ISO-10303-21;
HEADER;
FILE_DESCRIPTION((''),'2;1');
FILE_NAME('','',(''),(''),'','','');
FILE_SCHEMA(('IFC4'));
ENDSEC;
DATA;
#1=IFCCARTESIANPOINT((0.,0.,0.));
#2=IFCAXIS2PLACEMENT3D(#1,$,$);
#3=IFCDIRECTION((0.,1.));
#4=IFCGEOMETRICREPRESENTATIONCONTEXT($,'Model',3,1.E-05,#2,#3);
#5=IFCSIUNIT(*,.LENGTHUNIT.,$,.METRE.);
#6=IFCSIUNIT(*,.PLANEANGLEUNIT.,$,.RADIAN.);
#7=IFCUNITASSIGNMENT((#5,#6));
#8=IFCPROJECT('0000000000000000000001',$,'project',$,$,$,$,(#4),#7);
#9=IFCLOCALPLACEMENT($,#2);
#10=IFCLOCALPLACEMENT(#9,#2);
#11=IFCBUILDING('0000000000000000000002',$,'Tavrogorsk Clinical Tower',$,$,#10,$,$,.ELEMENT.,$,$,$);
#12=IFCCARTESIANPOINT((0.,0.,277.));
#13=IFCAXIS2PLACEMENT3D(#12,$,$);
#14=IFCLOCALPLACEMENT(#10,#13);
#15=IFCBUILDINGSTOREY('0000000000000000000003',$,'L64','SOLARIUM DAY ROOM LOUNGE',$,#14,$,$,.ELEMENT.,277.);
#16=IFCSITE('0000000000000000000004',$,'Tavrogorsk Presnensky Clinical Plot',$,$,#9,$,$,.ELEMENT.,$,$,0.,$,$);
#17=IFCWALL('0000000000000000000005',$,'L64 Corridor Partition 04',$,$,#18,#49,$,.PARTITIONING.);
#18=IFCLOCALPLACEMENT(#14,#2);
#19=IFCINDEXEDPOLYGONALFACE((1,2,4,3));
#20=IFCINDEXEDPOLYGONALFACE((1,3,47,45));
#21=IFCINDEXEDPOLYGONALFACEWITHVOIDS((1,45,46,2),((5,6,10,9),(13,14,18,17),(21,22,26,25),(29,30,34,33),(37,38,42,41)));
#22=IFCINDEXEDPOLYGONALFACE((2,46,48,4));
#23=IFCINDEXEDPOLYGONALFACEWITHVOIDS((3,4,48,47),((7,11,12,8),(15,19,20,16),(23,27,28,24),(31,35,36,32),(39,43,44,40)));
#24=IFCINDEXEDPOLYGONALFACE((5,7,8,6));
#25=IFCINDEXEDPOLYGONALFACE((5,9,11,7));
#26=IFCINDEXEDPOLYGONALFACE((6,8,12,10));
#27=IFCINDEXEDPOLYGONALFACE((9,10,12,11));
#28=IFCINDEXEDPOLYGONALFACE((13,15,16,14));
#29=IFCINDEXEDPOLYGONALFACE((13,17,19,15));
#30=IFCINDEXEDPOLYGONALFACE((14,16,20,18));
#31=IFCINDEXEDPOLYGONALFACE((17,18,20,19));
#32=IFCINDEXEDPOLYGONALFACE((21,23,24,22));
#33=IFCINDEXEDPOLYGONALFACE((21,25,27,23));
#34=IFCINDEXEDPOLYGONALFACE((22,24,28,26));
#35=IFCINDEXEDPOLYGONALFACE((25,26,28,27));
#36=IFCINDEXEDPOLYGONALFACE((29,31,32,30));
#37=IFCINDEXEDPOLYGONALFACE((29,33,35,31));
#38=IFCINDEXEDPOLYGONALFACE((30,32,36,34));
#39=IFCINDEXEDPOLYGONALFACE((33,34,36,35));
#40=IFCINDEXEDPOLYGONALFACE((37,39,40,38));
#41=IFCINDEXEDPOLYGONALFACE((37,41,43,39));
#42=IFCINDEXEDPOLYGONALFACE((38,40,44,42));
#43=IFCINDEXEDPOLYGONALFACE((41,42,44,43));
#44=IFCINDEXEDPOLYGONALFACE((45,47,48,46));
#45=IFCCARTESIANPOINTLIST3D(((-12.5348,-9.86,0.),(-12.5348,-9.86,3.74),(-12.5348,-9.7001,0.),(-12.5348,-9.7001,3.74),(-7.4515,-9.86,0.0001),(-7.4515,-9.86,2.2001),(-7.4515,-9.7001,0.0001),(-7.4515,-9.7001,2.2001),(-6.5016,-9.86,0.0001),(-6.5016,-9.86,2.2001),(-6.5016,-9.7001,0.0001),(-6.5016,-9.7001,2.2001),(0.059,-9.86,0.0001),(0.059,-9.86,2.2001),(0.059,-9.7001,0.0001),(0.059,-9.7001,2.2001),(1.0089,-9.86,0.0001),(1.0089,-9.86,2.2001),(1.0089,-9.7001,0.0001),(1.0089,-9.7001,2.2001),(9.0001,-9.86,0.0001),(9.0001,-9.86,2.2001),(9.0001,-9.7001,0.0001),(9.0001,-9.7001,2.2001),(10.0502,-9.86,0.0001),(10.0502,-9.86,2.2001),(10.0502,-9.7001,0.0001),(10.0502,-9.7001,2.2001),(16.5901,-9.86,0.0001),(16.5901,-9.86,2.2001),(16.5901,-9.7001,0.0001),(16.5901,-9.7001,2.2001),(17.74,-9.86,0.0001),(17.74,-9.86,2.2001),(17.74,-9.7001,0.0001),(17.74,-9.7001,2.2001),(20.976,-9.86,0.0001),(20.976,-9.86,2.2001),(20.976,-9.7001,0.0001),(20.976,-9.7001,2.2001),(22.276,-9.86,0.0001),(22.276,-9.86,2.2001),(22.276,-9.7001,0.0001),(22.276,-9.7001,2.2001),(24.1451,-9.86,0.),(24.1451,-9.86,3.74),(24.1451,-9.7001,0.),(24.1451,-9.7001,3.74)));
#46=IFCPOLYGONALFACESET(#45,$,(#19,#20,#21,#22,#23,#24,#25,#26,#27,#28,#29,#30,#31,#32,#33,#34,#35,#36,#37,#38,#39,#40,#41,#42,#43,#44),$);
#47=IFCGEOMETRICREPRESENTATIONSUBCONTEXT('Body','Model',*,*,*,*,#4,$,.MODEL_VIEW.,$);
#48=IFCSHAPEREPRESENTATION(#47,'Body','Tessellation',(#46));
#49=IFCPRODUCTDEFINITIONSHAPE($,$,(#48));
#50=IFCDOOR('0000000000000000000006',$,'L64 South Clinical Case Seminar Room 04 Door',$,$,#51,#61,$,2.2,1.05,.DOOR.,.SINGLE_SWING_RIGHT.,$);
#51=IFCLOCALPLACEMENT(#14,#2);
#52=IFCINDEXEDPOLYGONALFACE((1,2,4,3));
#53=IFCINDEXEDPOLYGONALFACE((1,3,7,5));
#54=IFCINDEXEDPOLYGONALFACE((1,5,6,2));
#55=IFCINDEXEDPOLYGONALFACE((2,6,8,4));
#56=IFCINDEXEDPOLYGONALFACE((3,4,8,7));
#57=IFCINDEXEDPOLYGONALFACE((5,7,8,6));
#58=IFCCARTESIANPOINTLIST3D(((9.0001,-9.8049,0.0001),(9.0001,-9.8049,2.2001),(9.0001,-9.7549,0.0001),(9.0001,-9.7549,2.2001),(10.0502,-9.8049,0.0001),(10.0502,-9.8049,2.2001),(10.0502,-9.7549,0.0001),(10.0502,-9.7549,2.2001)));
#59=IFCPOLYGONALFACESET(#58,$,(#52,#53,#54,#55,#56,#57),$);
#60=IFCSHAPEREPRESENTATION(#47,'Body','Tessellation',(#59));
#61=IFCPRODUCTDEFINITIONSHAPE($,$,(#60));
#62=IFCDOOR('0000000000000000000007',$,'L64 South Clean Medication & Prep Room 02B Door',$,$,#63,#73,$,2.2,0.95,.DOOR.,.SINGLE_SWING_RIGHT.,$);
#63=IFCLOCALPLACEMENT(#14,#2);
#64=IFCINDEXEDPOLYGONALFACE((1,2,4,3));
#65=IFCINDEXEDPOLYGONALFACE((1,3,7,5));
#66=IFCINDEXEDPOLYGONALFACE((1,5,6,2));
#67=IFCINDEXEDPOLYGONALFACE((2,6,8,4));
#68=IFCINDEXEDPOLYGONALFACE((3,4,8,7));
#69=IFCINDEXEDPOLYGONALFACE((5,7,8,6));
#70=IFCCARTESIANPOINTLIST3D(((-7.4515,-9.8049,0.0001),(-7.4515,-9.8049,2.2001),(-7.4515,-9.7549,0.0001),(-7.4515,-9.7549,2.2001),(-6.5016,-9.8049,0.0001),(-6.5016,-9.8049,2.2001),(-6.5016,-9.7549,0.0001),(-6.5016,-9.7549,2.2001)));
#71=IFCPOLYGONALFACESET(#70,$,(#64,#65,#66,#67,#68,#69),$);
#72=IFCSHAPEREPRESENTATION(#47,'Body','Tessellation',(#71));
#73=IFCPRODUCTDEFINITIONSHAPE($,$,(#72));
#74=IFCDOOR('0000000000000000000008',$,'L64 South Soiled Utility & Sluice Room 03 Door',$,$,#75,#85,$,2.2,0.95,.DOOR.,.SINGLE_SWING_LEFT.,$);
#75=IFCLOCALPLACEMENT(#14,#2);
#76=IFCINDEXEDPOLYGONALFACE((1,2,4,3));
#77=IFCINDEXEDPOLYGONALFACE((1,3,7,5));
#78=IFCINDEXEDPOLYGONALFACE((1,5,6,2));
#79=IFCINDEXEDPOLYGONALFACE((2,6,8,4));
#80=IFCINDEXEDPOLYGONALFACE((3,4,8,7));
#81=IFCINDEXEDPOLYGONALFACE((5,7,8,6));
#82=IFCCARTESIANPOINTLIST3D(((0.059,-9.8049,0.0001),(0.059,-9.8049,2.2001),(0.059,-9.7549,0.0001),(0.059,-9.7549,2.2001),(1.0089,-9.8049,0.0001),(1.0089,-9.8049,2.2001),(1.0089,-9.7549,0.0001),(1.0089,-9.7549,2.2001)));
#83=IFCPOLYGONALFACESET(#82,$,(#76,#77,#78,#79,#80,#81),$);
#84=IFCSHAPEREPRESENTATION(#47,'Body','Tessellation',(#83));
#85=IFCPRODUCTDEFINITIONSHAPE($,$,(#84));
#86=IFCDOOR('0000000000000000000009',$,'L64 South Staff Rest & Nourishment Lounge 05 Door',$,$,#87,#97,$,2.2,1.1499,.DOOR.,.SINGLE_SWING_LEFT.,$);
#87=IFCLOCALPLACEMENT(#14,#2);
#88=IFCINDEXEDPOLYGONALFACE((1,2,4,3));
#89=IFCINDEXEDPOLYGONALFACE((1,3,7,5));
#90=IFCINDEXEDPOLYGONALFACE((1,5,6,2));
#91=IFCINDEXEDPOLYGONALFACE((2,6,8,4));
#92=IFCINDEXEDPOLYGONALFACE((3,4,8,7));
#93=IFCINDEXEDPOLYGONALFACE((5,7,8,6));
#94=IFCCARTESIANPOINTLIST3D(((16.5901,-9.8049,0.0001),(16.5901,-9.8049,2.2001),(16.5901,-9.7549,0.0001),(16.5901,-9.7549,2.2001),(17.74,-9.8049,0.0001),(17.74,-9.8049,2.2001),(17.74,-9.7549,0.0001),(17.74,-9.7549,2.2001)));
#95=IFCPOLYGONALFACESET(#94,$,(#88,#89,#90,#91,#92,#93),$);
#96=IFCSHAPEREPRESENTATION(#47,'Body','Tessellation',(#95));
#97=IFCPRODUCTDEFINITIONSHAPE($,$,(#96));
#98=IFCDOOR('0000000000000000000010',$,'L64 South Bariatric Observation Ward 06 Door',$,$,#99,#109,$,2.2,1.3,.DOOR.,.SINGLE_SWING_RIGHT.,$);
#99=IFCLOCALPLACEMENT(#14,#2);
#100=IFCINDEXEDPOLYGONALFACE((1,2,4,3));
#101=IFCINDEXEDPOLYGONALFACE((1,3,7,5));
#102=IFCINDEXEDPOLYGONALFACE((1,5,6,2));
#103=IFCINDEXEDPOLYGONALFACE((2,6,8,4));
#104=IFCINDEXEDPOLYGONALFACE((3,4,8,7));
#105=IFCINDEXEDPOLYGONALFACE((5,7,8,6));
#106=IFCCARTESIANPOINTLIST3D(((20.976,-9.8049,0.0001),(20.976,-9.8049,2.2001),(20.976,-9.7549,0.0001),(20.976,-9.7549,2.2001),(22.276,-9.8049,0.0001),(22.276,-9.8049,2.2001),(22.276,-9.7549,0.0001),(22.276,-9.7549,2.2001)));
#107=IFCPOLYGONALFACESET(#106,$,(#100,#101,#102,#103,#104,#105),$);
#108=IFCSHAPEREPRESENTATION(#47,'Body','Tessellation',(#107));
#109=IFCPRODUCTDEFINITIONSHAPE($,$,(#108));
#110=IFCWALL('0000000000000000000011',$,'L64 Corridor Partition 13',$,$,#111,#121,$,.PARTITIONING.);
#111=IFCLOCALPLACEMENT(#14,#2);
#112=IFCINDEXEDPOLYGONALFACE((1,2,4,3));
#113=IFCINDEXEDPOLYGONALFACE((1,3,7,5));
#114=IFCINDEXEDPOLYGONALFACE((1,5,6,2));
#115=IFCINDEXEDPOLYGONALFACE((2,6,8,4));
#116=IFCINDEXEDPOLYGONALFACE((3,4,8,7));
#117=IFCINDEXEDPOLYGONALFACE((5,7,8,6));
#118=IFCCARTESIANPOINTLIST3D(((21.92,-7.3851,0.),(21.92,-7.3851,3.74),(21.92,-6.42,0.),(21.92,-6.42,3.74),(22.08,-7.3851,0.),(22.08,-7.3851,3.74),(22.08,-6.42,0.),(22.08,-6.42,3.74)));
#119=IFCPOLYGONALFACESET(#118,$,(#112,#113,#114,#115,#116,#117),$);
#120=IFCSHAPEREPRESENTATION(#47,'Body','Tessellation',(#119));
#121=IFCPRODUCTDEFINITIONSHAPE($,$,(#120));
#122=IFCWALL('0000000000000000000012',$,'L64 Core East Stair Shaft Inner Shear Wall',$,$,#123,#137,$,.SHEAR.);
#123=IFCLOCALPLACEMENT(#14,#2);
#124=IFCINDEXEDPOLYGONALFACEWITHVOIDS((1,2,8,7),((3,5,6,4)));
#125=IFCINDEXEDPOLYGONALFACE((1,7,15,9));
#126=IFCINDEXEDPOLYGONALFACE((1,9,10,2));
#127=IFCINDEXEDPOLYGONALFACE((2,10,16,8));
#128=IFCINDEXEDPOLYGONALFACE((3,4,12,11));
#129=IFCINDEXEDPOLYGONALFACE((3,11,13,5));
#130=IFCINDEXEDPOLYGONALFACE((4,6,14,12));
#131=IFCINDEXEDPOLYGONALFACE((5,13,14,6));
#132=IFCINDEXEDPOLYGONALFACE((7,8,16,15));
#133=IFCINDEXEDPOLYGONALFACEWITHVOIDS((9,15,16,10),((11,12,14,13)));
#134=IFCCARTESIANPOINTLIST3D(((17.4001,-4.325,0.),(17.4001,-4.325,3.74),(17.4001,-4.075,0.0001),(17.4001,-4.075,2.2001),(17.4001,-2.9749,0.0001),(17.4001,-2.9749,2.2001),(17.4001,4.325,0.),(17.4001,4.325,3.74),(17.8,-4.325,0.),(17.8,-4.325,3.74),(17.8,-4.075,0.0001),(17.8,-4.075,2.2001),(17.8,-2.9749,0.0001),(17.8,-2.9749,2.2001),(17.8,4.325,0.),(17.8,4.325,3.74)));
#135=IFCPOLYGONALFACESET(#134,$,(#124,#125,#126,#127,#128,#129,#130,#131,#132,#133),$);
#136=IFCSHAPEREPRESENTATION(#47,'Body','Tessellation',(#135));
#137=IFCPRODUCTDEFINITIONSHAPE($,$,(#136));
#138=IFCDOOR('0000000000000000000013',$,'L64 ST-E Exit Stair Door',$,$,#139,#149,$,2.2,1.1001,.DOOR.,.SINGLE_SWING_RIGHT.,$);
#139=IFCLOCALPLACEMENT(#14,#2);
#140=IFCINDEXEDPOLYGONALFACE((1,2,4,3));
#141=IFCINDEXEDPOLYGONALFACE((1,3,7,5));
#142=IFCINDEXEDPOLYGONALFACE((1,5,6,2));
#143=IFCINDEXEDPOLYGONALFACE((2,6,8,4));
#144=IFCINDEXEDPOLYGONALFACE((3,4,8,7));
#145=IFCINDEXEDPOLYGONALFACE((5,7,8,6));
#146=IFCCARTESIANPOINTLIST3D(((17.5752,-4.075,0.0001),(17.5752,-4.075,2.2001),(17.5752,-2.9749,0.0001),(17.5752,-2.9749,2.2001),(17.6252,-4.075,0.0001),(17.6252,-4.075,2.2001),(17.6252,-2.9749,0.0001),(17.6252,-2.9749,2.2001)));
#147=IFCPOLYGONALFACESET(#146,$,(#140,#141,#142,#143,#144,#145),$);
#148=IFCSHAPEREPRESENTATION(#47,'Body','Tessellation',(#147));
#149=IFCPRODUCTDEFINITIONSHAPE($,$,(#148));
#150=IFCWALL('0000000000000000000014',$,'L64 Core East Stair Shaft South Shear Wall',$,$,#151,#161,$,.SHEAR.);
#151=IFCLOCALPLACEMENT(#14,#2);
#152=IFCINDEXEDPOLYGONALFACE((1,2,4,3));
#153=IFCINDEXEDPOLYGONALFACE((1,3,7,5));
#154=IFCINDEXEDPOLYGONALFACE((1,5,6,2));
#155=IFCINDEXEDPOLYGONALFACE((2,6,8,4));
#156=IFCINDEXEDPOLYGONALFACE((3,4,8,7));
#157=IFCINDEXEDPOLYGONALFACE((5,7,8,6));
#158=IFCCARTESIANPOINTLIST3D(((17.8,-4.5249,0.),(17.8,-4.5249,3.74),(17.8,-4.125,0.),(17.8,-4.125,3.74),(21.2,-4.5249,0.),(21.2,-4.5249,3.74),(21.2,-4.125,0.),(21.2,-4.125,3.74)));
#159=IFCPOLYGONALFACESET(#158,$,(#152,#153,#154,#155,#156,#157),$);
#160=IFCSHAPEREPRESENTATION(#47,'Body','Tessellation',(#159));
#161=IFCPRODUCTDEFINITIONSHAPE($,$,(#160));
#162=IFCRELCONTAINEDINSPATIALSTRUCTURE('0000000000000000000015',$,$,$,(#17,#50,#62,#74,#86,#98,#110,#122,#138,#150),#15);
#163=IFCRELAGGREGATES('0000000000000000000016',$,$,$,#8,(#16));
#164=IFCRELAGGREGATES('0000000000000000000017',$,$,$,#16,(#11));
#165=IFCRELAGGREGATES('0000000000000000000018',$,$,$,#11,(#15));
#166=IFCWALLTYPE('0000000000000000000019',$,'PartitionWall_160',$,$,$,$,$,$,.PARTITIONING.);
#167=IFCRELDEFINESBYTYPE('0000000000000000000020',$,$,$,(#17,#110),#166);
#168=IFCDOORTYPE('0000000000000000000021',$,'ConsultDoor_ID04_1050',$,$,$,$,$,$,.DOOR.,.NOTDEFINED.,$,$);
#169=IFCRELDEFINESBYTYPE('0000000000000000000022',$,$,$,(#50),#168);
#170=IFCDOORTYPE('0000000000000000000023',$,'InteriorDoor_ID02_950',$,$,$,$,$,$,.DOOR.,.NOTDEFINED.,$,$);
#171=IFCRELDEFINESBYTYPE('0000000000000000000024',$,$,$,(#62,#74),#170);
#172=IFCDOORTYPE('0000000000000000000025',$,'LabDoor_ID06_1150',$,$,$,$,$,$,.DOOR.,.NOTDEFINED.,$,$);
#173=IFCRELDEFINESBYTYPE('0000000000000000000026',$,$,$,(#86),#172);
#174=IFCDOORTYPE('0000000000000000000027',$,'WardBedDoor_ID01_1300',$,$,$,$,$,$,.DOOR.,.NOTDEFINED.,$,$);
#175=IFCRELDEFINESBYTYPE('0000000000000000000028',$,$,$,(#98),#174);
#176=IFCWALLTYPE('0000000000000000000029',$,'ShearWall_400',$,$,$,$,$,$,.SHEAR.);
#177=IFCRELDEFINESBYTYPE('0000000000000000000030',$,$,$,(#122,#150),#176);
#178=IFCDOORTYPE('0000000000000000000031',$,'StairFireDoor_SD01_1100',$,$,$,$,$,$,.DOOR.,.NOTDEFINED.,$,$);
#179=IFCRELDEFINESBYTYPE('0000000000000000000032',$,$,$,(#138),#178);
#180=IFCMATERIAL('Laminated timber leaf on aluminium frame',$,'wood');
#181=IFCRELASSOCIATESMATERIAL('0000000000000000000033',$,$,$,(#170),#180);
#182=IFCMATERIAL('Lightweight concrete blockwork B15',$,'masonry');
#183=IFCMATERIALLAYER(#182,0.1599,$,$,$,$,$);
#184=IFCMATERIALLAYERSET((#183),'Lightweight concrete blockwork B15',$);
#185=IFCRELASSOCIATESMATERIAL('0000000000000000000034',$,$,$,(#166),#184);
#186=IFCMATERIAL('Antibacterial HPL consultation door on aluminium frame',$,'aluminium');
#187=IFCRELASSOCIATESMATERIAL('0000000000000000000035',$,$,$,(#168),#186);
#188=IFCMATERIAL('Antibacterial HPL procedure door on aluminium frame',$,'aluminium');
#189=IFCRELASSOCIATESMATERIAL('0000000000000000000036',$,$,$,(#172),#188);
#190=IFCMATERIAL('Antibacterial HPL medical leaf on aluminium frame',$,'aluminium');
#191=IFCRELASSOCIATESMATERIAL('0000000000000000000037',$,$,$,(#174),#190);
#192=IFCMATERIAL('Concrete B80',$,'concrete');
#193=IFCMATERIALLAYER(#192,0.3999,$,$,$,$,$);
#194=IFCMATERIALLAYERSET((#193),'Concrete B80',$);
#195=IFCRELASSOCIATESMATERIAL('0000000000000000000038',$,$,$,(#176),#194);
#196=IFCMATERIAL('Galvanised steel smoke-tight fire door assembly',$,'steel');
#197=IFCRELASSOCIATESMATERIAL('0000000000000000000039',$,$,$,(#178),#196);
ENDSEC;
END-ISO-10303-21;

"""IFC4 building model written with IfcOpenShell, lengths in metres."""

from ifc_helpers import new_model, si_unit, direction, frame, frame_2d, origin, place, context, subcontext, project, spatial, rectangle, extrude, material, layer, layer_set, type_object, element, fill, save


model = new_model("IFC4")

# Units and contexts
model_context = context("Model", 3, precision=1e-05, world=origin(), true_north=direction((0.0, 1.0)))
body_context = subcontext(model_context, "Body", "Model", "MODEL_VIEW")
ifc_project = project(units=[si_unit("LENGTHUNIT", "METRE"), si_unit("PLANEANGLEUNIT", "RADIAN")], contexts=[model_context])

# Site, building, storey
site_placement = place(None, origin())
site = spatial("IfcSite", under=ifc_project, at=site_placement, Name="Tavrogorsk Presnensky Clinical Plot", CompositionType="ELEMENT", RefElevation=0.0)
building_placement = place(site_placement, origin())
building = spatial("IfcBuilding", under=site, at=building_placement, Name="Tavrogorsk Clinical Tower", CompositionType="ELEMENT")
storey_placement = place(building_placement, frame((0.0, 0.0, 277.0)))
storey = spatial("IfcBuildingStorey", under=building, at=storey_placement, Name="L64", Description="SOLARIUM DAY ROOM LOUNGE", CompositionType="ELEMENT", Elevation=277.0)

# Shared definitions
ifc_material_1 = material(Name="Laminated timber leaf on aluminium frame", Category="wood")
door_type_1 = type_object("IfcDoorType", Name="InteriorDoor_ID02_950", OperationType="NOTDEFINED", PredefinedType="DOOR", material=ifc_material_1)

# Wall, openings, doors
ifc_material_2 = material(Name="Lightweight concrete blockwork B15", Category="masonry")
ifc_layer_1 = layer(ifc_material_2, 0.1599)
ifc_layer_set_1 = layer_set([ifc_layer_1], Name="Lightweight concrete blockwork B15")
wall_type_1 = type_object("IfcWallType", Name="PartitionWall_160", PredefinedType="PARTITIONING", material=ifc_layer_set_1)
wall_1_placement = place(storey_placement, frame((24.145, -9.78, 0.0), z_axis=(0.0, 0.0, 1.0), x_axis=(-1.0, 0.0, 0.0)))
wall_1 = element("IfcWall", 1, at=wall_1_placement, inside=storey, type_object=wall_type_1, Name="L64 Corridor Partition 04", PredefinedType="PARTITIONING", context=body_context, shape_type="SweptSolid", body=[
    extrude(rectangle(XDim=36.6799, YDim=0.1599, at=frame_2d((18.3398, 0.0))), origin(), (0.0, 0.0, 1.0), 3.74),
])
opening_1_placement = place(wall_1_placement, frame((30.6465, 0.0, 0.0)))
opening_1 = element("IfcOpeningElement", 2, at=opening_1_placement, cuts=wall_1, PredefinedType="OPENING", context=body_context, shape_type="SweptSolid", body=[
    extrude(rectangle(XDim=0.95, YDim=2.2, at=frame_2d((0.4751, 1.1001))), frame((0.0, 0.0898, 0.0), z_axis=(0.0, -1.0, 0.0), x_axis=(1.0, 0.0, 0.0)), (0.0, 0.0, 1.0), 0.1799),
])
opening_2_placement = place(wall_1_placement, frame((23.136, 0.0, 0.0)))
opening_2 = element("IfcOpeningElement", 3, at=opening_2_placement, cuts=wall_1, PredefinedType="OPENING", context=body_context, shape_type="SweptSolid", body=[
    extrude(rectangle(XDim=0.95, YDim=2.2, at=frame_2d((0.4751, 1.1001))), frame((0.0, 0.0898, 0.0), z_axis=(0.0, -1.0, 0.0), x_axis=(1.0, 0.0, 0.0)), (0.0, 0.0, 1.0), 0.1799),
])
opening_3_placement = place(wall_1_placement, frame((14.095, 0.0, 0.0)))
opening_3 = element("IfcOpeningElement", 4, at=opening_3_placement, cuts=wall_1, PredefinedType="OPENING", context=body_context, shape_type="SweptSolid", body=[
    extrude(rectangle(XDim=1.05, YDim=2.2, at=frame_2d((0.5249, 1.1001))), frame((0.0, 0.0898, 0.0), z_axis=(0.0, -1.0, 0.0), x_axis=(1.0, 0.0, 0.0)), (0.0, 0.0, 1.0), 0.1799),
])
opening_4_placement = place(wall_1_placement, frame((6.405, 0.0, 0.0)))
opening_4 = element("IfcOpeningElement", 5, at=opening_4_placement, cuts=wall_1, PredefinedType="OPENING", context=body_context, shape_type="SweptSolid", body=[
    extrude(rectangle(XDim=1.1499, YDim=2.2, at=frame_2d((0.575, 1.1001))), frame((0.0, 0.0898, 0.0), z_axis=(0.0, -1.0, 0.0), x_axis=(1.0, 0.0, 0.0)), (0.0, 0.0, 1.0), 0.1799),
])
opening_5_placement = place(wall_1_placement, frame((1.8691, 0.0, 0.0)))
opening_5 = element("IfcOpeningElement", 6, at=opening_5_placement, cuts=wall_1, PredefinedType="OPENING", context=body_context, shape_type="SweptSolid", body=[
    extrude(rectangle(XDim=1.3, YDim=2.2, at=frame_2d((0.6499, 1.1001))), frame((0.0, 0.0898, 0.0), z_axis=(0.0, -1.0, 0.0), x_axis=(1.0, 0.0, 0.0)), (0.0, 0.0, 1.0), 0.1799),
])
ifc_material_3 = material(Name="Antibacterial HPL consultation door on aluminium frame", Category="aluminium")
door_type_2 = type_object("IfcDoorType", Name="ConsultDoor_ID04_1050", OperationType="NOTDEFINED", PredefinedType="DOOR", material=ifc_material_3)
door_1_placement = place(opening_3_placement, origin())
door_1 = element("IfcDoor", 7, at=door_1_placement, inside=storey, type_object=door_type_2, Name="L64 South Clinical Case Seminar Room 04 Door", OperationType="SINGLE_SWING_RIGHT", OverallHeight=2.2, OverallWidth=1.05, PredefinedType="DOOR", context=body_context, shape_type="SweptSolid", body=[
    extrude(rectangle(XDim=1.05, YDim=2.2, at=frame_2d((0.5249, 1.1001))), frame((0.0, 0.0249, 0.0), z_axis=(0.0, -1.0, 0.0), x_axis=(1.0, 0.0, 0.0)), (0.0, 0.0, 1.0), 0.05),
])
fill(opening_3, door_1)
door_2_placement = place(opening_1_placement, origin())
door_2 = element("IfcDoor", 8, at=door_2_placement, inside=storey, type_object=door_type_1, Name="L64 South Clean Medication & Prep Room 02B Door", OperationType="SINGLE_SWING_RIGHT", OverallHeight=2.2, OverallWidth=0.95, PredefinedType="DOOR", context=body_context, shape_type="SweptSolid", body=[
    extrude(rectangle(XDim=0.95, YDim=2.2, at=frame_2d((0.4751, 1.1001))), frame((0.0, 0.0249, 0.0), z_axis=(0.0, -1.0, 0.0), x_axis=(1.0, 0.0, 0.0)), (0.0, 0.0, 1.0), 0.05),
])
fill(opening_1, door_2)
door_3_placement = place(opening_2_placement, origin())
door_3 = element("IfcDoor", 9, at=door_3_placement, inside=storey, type_object=door_type_1, Name="L64 South Soiled Utility & Sluice Room 03 Door", OperationType="SINGLE_SWING_LEFT", OverallHeight=2.2, OverallWidth=0.95, PredefinedType="DOOR", context=body_context, shape_type="SweptSolid", body=[
    extrude(rectangle(XDim=0.95, YDim=2.2, at=frame_2d((0.4751, 1.1001))), frame((0.0, 0.0249, 0.0), z_axis=(0.0, -1.0, 0.0), x_axis=(1.0, 0.0, 0.0)), (0.0, 0.0, 1.0), 0.05),
])
fill(opening_2, door_3)
ifc_material_4 = material(Name="Antibacterial HPL procedure door on aluminium frame", Category="aluminium")
door_type_3 = type_object("IfcDoorType", Name="LabDoor_ID06_1150", OperationType="NOTDEFINED", PredefinedType="DOOR", material=ifc_material_4)
door_4_placement = place(opening_4_placement, origin())
door_4 = element("IfcDoor", 10, at=door_4_placement, inside=storey, type_object=door_type_3, Name="L64 South Staff Rest & Nourishment Lounge 05 Door", OperationType="SINGLE_SWING_LEFT", OverallHeight=2.2, OverallWidth=1.1499, PredefinedType="DOOR", context=body_context, shape_type="SweptSolid", body=[
    extrude(rectangle(XDim=1.1499, YDim=2.2, at=frame_2d((0.575, 1.1001))), frame((0.0, 0.0249, 0.0), z_axis=(0.0, -1.0, 0.0), x_axis=(1.0, 0.0, 0.0)), (0.0, 0.0, 1.0), 0.05),
])
fill(opening_4, door_4)
ifc_material_5 = material(Name="Antibacterial HPL medical leaf on aluminium frame", Category="aluminium")
door_type_4 = type_object("IfcDoorType", Name="WardBedDoor_ID01_1300", OperationType="NOTDEFINED", PredefinedType="DOOR", material=ifc_material_5)
door_5_placement = place(opening_5_placement, origin())
door_5 = element("IfcDoor", 11, at=door_5_placement, inside=storey, type_object=door_type_4, Name="L64 South Bariatric Observation Ward 06 Door", OperationType="SINGLE_SWING_RIGHT", OverallHeight=2.2, OverallWidth=1.3, PredefinedType="DOOR", context=body_context, shape_type="SweptSolid", body=[
    extrude(rectangle(XDim=1.3, YDim=2.2, at=frame_2d((0.6499, 1.1001))), frame((0.0, 0.0249, 0.0), z_axis=(0.0, -1.0, 0.0), x_axis=(1.0, 0.0, 0.0)), (0.0, 0.0, 1.0), 0.05),
])
fill(opening_5, door_5)

# Wall
wall_2_placement = place(storey_placement, frame((22.0, -7.385, 0.0), z_axis=(0.0, 0.0, 1.0), x_axis=(0.0, 1.0, 0.0)))
element("IfcWall", 12, at=wall_2_placement, inside=storey, type_object=wall_type_1, Name="L64 Corridor Partition 13", PredefinedType="PARTITIONING", context=body_context, shape_type="SweptSolid", body=[
    extrude(rectangle(XDim=0.9651, YDim=0.1599, at=frame_2d((0.4824, 0.0))), origin(), (0.0, 0.0, 1.0), 3.74),
])

# Wall, opening, door
ifc_material_6 = material(Name="Concrete B80", Category="concrete")
ifc_layer_2 = layer(ifc_material_6, 0.3999)
ifc_layer_set_2 = layer_set([ifc_layer_2], Name="Concrete B80")
wall_type_2 = type_object("IfcWallType", Name="ShearWall_400", PredefinedType="SHEAR", material=ifc_layer_set_2)
wall_3_placement = place(storey_placement, frame((17.6001, -4.325, 0.0), z_axis=(0.0, 0.0, 1.0), x_axis=(0.0, 1.0, 0.0)))
wall_3 = element("IfcWall", 13, at=wall_3_placement, inside=storey, type_object=wall_type_2, Name="L64 Core East Stair Shaft Inner Shear Wall", PredefinedType="SHEAR", context=body_context, shape_type="SweptSolid", body=[
    extrude(rectangle(XDim=8.6499, YDim=0.3999, at=frame_2d((4.325, 0.0))), origin(), (0.0, 0.0, 1.0), 3.74),
])
opening_6_placement = place(wall_3_placement, frame((0.25, 0.0, 0.0)))
opening_6 = element("IfcOpeningElement", 14, at=opening_6_placement, cuts=wall_3, PredefinedType="OPENING", context=body_context, shape_type="SweptSolid", body=[
    extrude(rectangle(XDim=1.1001, YDim=2.2, at=frame_2d((0.55, 1.1001))), frame((0.0, 0.21, 0.0), z_axis=(0.0, -1.0, 0.0), x_axis=(1.0, 0.0, 0.0)), (0.0, 0.0, 1.0), 0.4199),
])
ifc_material_7 = material(Name="Galvanised steel smoke-tight fire door assembly", Category="steel")
door_type_5 = type_object("IfcDoorType", Name="StairFireDoor_SD01_1100", OperationType="NOTDEFINED", PredefinedType="DOOR", material=ifc_material_7)
door_6_placement = place(opening_6_placement, origin())
door_6 = element("IfcDoor", 15, at=door_6_placement, inside=storey, type_object=door_type_5, Name="L64 ST-E Exit Stair Door", OperationType="SINGLE_SWING_RIGHT", OverallHeight=2.2, OverallWidth=1.1001, PredefinedType="DOOR", context=body_context, shape_type="SweptSolid", body=[
    extrude(rectangle(XDim=1.1001, YDim=2.2, at=frame_2d((0.55, 1.1001))), frame((0.0, 0.0249, 0.0), z_axis=(0.0, -1.0, 0.0), x_axis=(1.0, 0.0, 0.0)), (0.0, 0.0, 1.0), 0.05),
])
fill(opening_6, door_6)

# Wall
wall_4_placement = place(storey_placement, frame((17.8, -4.325, 0.0), z_axis=(0.0, 0.0, 1.0), x_axis=(1.0, 0.0, 0.0)))
element("IfcWall", 16, at=wall_4_placement, inside=storey, type_object=wall_type_2, Name="L64 Core East Stair Shaft South Shear Wall", PredefinedType="SHEAR", context=body_context, shape_type="SweptSolid", body=[
    extrude(rectangle(XDim=3.3999, YDim=0.3999, at=frame_2d((1.7, 0.0))), origin(), (0.0, 0.0, 1.0), 3.74),
])

save(model, "model.ifc")
